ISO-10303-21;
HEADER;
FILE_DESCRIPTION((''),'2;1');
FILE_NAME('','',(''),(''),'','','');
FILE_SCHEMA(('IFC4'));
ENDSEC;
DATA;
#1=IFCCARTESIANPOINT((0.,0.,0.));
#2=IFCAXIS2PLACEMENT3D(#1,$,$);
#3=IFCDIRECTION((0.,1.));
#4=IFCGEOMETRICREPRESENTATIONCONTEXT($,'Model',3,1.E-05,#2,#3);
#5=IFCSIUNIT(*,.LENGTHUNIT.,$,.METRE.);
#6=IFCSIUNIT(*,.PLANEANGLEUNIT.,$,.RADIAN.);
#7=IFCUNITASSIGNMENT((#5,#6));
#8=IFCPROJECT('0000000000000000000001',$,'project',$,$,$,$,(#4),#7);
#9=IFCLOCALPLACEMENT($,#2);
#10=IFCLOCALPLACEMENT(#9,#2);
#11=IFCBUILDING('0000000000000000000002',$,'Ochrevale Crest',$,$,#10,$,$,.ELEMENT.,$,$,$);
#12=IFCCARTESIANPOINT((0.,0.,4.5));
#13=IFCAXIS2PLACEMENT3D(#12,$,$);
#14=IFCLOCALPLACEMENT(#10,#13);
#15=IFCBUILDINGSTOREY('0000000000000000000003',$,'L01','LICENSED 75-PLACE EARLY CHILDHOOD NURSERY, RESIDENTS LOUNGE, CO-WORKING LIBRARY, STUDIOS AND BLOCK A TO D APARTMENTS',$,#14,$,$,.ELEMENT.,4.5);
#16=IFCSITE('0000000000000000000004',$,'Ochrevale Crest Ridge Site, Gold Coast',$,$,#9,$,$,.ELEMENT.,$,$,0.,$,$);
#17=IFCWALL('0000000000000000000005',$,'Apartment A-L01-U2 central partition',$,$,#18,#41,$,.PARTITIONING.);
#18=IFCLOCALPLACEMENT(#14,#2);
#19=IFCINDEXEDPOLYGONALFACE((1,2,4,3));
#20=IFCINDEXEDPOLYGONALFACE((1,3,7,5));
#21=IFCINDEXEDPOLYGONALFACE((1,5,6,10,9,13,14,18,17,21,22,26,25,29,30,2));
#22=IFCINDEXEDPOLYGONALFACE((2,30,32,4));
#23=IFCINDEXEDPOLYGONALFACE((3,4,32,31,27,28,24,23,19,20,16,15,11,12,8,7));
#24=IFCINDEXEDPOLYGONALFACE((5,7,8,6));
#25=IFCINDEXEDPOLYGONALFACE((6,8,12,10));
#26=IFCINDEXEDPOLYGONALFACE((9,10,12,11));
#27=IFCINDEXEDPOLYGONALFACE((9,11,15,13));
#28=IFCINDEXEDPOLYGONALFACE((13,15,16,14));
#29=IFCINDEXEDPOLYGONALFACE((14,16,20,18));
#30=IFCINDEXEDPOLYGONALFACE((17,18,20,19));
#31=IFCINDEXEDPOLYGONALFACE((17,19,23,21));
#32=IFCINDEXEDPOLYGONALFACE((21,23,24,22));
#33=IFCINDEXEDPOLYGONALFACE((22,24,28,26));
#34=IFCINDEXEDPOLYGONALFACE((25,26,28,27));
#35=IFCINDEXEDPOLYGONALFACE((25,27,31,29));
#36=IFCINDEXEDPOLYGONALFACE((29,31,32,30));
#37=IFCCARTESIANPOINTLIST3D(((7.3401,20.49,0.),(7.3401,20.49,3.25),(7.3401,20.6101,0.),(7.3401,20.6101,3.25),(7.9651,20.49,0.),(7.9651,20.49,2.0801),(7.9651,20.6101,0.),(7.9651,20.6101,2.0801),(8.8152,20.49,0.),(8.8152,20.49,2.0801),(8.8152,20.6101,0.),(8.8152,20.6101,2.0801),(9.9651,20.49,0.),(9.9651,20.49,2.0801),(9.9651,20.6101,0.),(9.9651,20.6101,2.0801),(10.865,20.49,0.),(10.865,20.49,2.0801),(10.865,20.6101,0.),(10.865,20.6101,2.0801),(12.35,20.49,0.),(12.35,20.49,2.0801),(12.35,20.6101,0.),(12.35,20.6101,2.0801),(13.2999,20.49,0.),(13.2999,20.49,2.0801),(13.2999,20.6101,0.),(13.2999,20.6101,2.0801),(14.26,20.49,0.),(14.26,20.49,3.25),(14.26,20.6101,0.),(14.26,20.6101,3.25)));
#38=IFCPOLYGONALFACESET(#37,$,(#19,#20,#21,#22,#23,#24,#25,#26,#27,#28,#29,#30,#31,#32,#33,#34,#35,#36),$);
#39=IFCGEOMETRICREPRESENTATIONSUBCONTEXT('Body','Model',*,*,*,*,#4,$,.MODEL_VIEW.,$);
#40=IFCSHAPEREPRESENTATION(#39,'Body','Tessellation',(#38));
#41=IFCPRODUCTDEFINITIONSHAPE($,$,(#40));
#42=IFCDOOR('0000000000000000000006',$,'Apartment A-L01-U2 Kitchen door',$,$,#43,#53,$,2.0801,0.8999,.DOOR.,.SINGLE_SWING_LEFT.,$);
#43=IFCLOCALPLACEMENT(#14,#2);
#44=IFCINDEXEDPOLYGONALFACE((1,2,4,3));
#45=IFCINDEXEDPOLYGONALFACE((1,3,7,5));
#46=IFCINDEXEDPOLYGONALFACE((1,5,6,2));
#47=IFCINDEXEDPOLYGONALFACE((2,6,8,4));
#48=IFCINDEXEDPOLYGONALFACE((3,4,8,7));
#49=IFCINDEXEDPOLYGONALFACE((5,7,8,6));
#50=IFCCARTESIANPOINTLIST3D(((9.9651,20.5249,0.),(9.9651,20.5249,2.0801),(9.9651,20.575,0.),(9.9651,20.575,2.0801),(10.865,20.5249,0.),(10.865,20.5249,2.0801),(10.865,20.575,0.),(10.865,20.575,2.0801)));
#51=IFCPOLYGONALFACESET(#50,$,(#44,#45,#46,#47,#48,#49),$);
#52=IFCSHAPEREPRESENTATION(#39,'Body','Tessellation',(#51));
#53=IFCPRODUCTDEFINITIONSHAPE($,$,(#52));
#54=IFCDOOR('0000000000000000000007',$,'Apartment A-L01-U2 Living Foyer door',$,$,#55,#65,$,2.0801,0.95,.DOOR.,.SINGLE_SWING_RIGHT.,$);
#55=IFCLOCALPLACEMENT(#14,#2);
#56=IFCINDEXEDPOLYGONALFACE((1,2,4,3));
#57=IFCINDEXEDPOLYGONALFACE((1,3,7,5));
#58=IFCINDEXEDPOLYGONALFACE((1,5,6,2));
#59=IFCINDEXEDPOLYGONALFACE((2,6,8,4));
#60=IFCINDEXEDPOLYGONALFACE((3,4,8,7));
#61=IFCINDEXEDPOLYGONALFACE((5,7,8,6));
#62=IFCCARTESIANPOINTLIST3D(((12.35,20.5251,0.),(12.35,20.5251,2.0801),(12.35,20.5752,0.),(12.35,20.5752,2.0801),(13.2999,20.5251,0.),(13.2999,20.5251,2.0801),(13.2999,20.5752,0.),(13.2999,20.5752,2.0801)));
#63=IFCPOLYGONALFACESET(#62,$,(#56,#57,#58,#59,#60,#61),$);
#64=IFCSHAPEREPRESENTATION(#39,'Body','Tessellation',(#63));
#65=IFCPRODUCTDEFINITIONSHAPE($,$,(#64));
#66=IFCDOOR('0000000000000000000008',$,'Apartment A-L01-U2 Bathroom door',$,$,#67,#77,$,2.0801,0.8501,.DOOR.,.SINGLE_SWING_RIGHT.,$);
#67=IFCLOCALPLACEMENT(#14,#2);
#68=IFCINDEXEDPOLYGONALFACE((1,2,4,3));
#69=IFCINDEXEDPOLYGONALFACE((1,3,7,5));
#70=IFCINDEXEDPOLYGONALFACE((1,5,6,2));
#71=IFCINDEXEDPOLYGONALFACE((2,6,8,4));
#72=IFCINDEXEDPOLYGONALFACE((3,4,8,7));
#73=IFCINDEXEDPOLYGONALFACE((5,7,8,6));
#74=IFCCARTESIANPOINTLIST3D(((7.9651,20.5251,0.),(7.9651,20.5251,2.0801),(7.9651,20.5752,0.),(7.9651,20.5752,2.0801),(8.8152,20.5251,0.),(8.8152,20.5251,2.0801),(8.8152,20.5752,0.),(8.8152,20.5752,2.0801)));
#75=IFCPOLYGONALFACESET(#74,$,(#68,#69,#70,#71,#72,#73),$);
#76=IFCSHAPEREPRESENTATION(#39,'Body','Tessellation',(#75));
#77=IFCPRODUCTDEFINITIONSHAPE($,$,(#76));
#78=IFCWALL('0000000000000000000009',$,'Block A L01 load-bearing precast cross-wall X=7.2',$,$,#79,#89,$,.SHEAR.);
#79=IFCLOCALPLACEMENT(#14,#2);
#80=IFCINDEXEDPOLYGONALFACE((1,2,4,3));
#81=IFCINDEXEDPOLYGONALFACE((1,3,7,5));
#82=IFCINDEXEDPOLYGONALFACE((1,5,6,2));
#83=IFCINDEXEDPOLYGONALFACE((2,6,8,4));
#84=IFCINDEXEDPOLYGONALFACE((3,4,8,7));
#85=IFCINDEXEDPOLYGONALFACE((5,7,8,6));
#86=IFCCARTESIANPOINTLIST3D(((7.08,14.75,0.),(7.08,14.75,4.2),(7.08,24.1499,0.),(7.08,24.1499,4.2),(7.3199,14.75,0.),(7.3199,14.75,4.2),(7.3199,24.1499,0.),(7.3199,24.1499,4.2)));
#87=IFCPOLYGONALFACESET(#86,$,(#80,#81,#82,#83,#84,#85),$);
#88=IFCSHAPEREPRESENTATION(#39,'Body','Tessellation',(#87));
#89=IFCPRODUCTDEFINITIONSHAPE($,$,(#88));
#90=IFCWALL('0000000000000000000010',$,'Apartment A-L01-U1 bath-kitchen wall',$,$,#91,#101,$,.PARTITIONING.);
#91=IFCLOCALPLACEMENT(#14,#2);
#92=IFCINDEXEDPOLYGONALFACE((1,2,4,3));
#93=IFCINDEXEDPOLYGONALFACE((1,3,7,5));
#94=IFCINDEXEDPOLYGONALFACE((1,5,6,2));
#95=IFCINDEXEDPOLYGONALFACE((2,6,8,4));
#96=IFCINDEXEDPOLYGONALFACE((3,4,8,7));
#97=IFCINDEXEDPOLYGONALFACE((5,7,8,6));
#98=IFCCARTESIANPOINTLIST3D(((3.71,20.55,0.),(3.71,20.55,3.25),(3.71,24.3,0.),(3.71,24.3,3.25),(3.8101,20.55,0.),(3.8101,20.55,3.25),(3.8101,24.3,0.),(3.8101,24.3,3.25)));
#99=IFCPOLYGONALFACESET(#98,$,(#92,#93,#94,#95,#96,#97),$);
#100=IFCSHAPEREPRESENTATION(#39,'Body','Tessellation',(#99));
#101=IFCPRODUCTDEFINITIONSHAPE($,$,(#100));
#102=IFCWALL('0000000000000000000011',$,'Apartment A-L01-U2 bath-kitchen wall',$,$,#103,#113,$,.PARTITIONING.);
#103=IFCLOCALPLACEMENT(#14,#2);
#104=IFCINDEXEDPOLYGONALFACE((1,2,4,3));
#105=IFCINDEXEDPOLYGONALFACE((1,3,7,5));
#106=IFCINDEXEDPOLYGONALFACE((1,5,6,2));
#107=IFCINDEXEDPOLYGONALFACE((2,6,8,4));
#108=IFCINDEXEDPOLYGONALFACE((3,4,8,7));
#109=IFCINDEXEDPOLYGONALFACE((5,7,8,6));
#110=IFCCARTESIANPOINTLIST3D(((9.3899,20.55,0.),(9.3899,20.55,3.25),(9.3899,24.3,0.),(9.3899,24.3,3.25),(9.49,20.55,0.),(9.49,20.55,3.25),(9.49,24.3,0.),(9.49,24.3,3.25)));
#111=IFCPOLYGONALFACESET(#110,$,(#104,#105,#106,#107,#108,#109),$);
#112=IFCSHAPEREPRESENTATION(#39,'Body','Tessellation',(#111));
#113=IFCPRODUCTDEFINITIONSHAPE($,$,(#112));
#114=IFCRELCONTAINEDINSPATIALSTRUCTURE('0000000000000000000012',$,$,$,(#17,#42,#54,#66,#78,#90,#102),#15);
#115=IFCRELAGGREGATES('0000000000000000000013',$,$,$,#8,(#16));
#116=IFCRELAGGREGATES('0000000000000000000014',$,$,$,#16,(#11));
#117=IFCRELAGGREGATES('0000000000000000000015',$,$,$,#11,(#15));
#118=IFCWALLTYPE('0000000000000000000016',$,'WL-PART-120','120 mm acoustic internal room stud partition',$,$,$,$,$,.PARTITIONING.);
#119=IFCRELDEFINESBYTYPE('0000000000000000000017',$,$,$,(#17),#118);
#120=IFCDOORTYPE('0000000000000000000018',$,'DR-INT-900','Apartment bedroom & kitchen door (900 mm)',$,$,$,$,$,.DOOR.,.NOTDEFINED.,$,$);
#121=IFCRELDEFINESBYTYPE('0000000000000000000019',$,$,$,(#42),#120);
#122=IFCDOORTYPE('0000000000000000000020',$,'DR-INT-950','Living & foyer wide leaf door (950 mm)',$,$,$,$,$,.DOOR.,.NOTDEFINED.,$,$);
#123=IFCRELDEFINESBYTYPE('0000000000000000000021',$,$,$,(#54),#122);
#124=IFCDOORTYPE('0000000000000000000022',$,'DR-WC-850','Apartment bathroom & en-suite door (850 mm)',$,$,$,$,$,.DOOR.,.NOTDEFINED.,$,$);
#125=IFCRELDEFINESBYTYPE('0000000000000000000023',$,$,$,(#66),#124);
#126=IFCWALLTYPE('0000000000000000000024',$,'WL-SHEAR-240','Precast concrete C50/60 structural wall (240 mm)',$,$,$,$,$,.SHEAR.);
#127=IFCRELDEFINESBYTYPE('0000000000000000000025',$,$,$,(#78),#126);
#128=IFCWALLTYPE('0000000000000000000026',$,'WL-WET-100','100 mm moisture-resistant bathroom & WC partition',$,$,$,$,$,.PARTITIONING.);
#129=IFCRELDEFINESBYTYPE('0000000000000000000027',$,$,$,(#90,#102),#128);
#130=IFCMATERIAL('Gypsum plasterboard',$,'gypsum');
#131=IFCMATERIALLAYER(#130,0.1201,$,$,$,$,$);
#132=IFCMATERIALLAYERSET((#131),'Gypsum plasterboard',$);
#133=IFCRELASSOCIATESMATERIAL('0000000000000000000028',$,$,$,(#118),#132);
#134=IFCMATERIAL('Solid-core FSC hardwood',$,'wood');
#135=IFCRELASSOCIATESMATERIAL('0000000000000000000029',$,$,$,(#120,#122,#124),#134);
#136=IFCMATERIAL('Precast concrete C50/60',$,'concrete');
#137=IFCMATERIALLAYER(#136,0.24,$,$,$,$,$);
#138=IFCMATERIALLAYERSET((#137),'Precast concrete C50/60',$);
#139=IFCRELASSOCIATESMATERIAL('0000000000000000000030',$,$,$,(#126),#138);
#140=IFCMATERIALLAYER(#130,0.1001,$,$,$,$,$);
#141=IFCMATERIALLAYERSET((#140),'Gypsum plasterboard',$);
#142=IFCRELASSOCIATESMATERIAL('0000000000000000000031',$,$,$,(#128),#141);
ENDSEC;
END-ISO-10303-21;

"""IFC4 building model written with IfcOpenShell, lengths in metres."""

from ifc_helpers import new_model, si_unit, direction, frame, frame_2d, origin, place, context, subcontext, project, spatial, rectangle, extrude, material, layer, layer_set, type_object, element, fill, save


model = new_model("IFC4")

# Units and contexts
model_context = context("Model", 3, precision=1e-05, world=origin(), true_north=direction((0.0, 1.0)))
body_context = subcontext(model_context, "Body", "Model", "MODEL_VIEW")
ifc_project = project(units=[si_unit("LENGTHUNIT", "METRE"), si_unit("PLANEANGLEUNIT", "RADIAN")], contexts=[model_context])

# Site, building, storey
site_placement = place(None, origin())
site = spatial("IfcSite", under=ifc_project, at=site_placement, Name="Ochrevale Crest Ridge Site, Gold Coast", CompositionType="ELEMENT", RefElevation=0.0)
building_placement = place(site_placement, origin())
building = spatial("IfcBuilding", under=site, at=building_placement, Name="Ochrevale Crest", CompositionType="ELEMENT")
storey_placement = place(building_placement, frame((0.0, 0.0, 4.5)))
storey = spatial("IfcBuildingStorey", under=building, at=storey_placement, Name="L01", Description="LICENSED 75-PLACE EARLY CHILDHOOD NURSERY, RESIDENTS LOUNGE, CO-WORKING LIBRARY, STUDIOS AND BLOCK A TO D APARTMENTS", CompositionType="ELEMENT", Elevation=4.5)

# Shared definitions
ifc_material_1 = material(Name="Precast concrete C50/60", Category="concrete")

# Shared definitions
ifc_material_2 = material(Name="Gypsum plasterboard", Category="gypsum")
ifc_layer_1 = layer(ifc_material_2, 0.1201)
ifc_layer_set_1 = layer_set([ifc_layer_1], Name="Gypsum plasterboard")
wall_type_1 = type_object("IfcWallType", Name="WL-PART-120", Description="120 mm acoustic internal room stud partition", PredefinedType="PARTITIONING", material=ifc_layer_set_1)

# Shared definitions
ifc_material_3 = material(Name="Solid-core FSC hardwood", Category="wood")
door_type_1 = type_object("IfcDoorType", Name="DR-INT-900", Description="Apartment bedroom & kitchen door (900 mm)", OperationType="NOTDEFINED", PredefinedType="DOOR", material=ifc_material_3)

# Wall, openings, doors
wall_1_placement = place(storey_placement, frame((7.3401, 20.55, 0.0), z_axis=(0.0, 0.0, 1.0), x_axis=(1.0, 0.0, 0.0)))
wall_1 = element("IfcWall", 1, at=wall_1_placement, inside=storey, type_object=wall_type_1, Name="Apartment A-L01-U2 central partition", PredefinedType="PARTITIONING", context=body_context, shape_type="SweptSolid", body=[
    extrude(rectangle(XDim=6.9199, YDim=0.1201, at=frame_2d((3.46, 0.0))), origin(), (0.0, 0.0, 1.0), 3.25),
])
opening_1_placement = place(wall_1_placement, frame((1.4751, 0.0, 0.0), z_axis=(0.0, 0.0, 1.0), x_axis=(-1.0, 0.0, 0.0)))
opening_1 = element("IfcOpeningElement", 2, at=opening_1_placement, cuts=wall_1, PredefinedType="OPENING", context=body_context, shape_type="SweptSolid", body=[
    extrude(rectangle(XDim=0.8501, YDim=2.0801, at=frame_2d((0.425, 1.04))), frame((0.0, 0.0701, 0.0), z_axis=(0.0, -1.0, 0.0), x_axis=(1.0, 0.0, 0.0)), (0.0, 0.0, 1.0), 0.1401),
])
opening_2_placement = place(wall_1_placement, frame((2.625, 0.0, 0.0)))
opening_2 = element("IfcOpeningElement", 3, at=opening_2_placement, cuts=wall_1, PredefinedType="OPENING", context=body_context, shape_type="SweptSolid", body=[
    extrude(rectangle(XDim=0.8999, YDim=2.0801, at=frame_2d((0.45, 1.04))), frame((0.0, 0.0701, 0.0), z_axis=(0.0, -1.0, 0.0), x_axis=(1.0, 0.0, 0.0)), (0.0, 0.0, 1.0), 0.1401),
])
opening_3_placement = place(wall_1_placement, frame((5.96, 0.0, 0.0), z_axis=(0.0, 0.0, 1.0), x_axis=(-1.0, 0.0, 0.0)))
opening_3 = element("IfcOpeningElement", 4, at=opening_3_placement, cuts=wall_1, PredefinedType="OPENING", context=body_context, shape_type="SweptSolid", body=[
    extrude(rectangle(XDim=0.95, YDim=2.0801, at=frame_2d((0.4751, 1.04))), frame((0.0, 0.0701, 0.0), z_axis=(0.0, -1.0, 0.0), x_axis=(1.0, 0.0, 0.0)), (0.0, 0.0, 1.0), 0.1401),
])
door_1_placement = place(opening_2_placement, origin())
door_1 = element("IfcDoor", 5, at=door_1_placement, inside=storey, type_object=door_type_1, Name="Apartment A-L01-U2 Kitchen door", OperationType="SINGLE_SWING_LEFT", OverallHeight=2.0801, OverallWidth=0.8999, PredefinedType="DOOR", context=body_context, shape_type="SweptSolid", body=[
    extrude(rectangle(XDim=0.8999, YDim=2.0801, at=frame_2d((0.45, 1.04))), frame((0.0, 0.0249, 0.0), z_axis=(0.0, -1.0, 0.0), x_axis=(1.0, 0.0, 0.0)), (0.0, 0.0, 1.0), 0.05),
])
fill(opening_2, door_1)
door_type_2 = type_object("IfcDoorType", Name="DR-INT-950", Description="Living & foyer wide leaf door (950 mm)", OperationType="NOTDEFINED", PredefinedType="DOOR", material=ifc_material_3)
door_2_placement = place(opening_3_placement, origin())
door_2 = element("IfcDoor", 6, at=door_2_placement, inside=storey, type_object=door_type_2, Name="Apartment A-L01-U2 Living Foyer door", OperationType="SINGLE_SWING_RIGHT", OverallHeight=2.0801, OverallWidth=0.95, PredefinedType="DOOR", context=body_context, shape_type="SweptSolid", body=[
    extrude(rectangle(XDim=0.95, YDim=2.0801, at=frame_2d((0.4751, 1.04))), frame((0.0, 0.0249, 0.0), z_axis=(0.0, -1.0, 0.0), x_axis=(1.0, 0.0, 0.0)), (0.0, 0.0, 1.0), 0.05),
])
fill(opening_3, door_2)
door_type_3 = type_object("IfcDoorType", Name="DR-WC-850", Description="Apartment bathroom & en-suite door (850 mm)", OperationType="NOTDEFINED", PredefinedType="DOOR", material=ifc_material_3)
door_3_placement = place(opening_1_placement, origin())
door_3 = element("IfcDoor", 7, at=door_3_placement, inside=storey, type_object=door_type_3, Name="Apartment A-L01-U2 Bathroom door", OperationType="SINGLE_SWING_RIGHT", OverallHeight=2.0801, OverallWidth=0.8501, PredefinedType="DOOR", context=body_context, shape_type="SweptSolid", body=[
    extrude(rectangle(XDim=0.8501, YDim=2.0801, at=frame_2d((0.425, 1.04))), frame((0.0, 0.0249, 0.0), z_axis=(0.0, -1.0, 0.0), x_axis=(1.0, 0.0, 0.0)), (0.0, 0.0, 1.0), 0.05),
])
fill(opening_1, door_3)

# Walls
ifc_layer_2 = layer(ifc_material_1, 0.24)
ifc_layer_set_2 = layer_set([ifc_layer_2], Name="Precast concrete C50/60")
wall_type_2 = type_object("IfcWallType", Name="WL-SHEAR-240", Description="Precast concrete C50/60 structural wall (240 mm)", PredefinedType="SHEAR", material=ifc_layer_set_2)
wall_2_placement = place(storey_placement, frame((7.2, 14.75, 0.0), z_axis=(0.0, 0.0, 1.0), x_axis=(0.0, 1.0, 0.0)))
element("IfcWall", 8, at=wall_2_placement, inside=storey, type_object=wall_type_2, Name="Block A L01 load-bearing precast cross-wall X=7.2", PredefinedType="SHEAR", context=body_context, shape_type="SweptSolid", body=[
    extrude(rectangle(XDim=9.3999, YDim=0.24, at=frame_2d((4.7, 0.0))), origin(), (0.0, 0.0, 1.0), 4.2),
])
ifc_layer_3 = layer(ifc_material_2, 0.1001)
ifc_layer_set_3 = layer_set([ifc_layer_3], Name="Gypsum plasterboard")
wall_type_3 = type_object("IfcWallType", Name="WL-WET-100", Description="100 mm moisture-resistant bathroom & WC partition", PredefinedType="PARTITIONING", material=ifc_layer_set_3)
for number, where, z_axis, x_axis, name in (
    (9, (3.76, 20.55, 0.0), (0.0, 0.0, 1.0), (0.0, 1.0, 0.0), "Apartment A-L01-U1 bath-kitchen wall"),
    (10, (9.4399, 20.55, 0.0), (0.0, 0.0, 1.0), (0.0, 1.0, 0.0), "Apartment A-L01-U2 bath-kitchen wall"),
):
    element("IfcWall", number, at=place(storey_placement, frame(where, z_axis=z_axis, x_axis=x_axis)), inside=storey, type_object=wall_type_3, Name=name, PredefinedType="PARTITIONING", context=body_context, shape_type="SweptSolid", body=[
        extrude(rectangle(XDim=3.75, YDim=0.1001, at=frame_2d((1.875, 0.0))), origin(), (0.0, 0.0, 1.0), 3.25),
    ])

save(model, "model.ifc")
